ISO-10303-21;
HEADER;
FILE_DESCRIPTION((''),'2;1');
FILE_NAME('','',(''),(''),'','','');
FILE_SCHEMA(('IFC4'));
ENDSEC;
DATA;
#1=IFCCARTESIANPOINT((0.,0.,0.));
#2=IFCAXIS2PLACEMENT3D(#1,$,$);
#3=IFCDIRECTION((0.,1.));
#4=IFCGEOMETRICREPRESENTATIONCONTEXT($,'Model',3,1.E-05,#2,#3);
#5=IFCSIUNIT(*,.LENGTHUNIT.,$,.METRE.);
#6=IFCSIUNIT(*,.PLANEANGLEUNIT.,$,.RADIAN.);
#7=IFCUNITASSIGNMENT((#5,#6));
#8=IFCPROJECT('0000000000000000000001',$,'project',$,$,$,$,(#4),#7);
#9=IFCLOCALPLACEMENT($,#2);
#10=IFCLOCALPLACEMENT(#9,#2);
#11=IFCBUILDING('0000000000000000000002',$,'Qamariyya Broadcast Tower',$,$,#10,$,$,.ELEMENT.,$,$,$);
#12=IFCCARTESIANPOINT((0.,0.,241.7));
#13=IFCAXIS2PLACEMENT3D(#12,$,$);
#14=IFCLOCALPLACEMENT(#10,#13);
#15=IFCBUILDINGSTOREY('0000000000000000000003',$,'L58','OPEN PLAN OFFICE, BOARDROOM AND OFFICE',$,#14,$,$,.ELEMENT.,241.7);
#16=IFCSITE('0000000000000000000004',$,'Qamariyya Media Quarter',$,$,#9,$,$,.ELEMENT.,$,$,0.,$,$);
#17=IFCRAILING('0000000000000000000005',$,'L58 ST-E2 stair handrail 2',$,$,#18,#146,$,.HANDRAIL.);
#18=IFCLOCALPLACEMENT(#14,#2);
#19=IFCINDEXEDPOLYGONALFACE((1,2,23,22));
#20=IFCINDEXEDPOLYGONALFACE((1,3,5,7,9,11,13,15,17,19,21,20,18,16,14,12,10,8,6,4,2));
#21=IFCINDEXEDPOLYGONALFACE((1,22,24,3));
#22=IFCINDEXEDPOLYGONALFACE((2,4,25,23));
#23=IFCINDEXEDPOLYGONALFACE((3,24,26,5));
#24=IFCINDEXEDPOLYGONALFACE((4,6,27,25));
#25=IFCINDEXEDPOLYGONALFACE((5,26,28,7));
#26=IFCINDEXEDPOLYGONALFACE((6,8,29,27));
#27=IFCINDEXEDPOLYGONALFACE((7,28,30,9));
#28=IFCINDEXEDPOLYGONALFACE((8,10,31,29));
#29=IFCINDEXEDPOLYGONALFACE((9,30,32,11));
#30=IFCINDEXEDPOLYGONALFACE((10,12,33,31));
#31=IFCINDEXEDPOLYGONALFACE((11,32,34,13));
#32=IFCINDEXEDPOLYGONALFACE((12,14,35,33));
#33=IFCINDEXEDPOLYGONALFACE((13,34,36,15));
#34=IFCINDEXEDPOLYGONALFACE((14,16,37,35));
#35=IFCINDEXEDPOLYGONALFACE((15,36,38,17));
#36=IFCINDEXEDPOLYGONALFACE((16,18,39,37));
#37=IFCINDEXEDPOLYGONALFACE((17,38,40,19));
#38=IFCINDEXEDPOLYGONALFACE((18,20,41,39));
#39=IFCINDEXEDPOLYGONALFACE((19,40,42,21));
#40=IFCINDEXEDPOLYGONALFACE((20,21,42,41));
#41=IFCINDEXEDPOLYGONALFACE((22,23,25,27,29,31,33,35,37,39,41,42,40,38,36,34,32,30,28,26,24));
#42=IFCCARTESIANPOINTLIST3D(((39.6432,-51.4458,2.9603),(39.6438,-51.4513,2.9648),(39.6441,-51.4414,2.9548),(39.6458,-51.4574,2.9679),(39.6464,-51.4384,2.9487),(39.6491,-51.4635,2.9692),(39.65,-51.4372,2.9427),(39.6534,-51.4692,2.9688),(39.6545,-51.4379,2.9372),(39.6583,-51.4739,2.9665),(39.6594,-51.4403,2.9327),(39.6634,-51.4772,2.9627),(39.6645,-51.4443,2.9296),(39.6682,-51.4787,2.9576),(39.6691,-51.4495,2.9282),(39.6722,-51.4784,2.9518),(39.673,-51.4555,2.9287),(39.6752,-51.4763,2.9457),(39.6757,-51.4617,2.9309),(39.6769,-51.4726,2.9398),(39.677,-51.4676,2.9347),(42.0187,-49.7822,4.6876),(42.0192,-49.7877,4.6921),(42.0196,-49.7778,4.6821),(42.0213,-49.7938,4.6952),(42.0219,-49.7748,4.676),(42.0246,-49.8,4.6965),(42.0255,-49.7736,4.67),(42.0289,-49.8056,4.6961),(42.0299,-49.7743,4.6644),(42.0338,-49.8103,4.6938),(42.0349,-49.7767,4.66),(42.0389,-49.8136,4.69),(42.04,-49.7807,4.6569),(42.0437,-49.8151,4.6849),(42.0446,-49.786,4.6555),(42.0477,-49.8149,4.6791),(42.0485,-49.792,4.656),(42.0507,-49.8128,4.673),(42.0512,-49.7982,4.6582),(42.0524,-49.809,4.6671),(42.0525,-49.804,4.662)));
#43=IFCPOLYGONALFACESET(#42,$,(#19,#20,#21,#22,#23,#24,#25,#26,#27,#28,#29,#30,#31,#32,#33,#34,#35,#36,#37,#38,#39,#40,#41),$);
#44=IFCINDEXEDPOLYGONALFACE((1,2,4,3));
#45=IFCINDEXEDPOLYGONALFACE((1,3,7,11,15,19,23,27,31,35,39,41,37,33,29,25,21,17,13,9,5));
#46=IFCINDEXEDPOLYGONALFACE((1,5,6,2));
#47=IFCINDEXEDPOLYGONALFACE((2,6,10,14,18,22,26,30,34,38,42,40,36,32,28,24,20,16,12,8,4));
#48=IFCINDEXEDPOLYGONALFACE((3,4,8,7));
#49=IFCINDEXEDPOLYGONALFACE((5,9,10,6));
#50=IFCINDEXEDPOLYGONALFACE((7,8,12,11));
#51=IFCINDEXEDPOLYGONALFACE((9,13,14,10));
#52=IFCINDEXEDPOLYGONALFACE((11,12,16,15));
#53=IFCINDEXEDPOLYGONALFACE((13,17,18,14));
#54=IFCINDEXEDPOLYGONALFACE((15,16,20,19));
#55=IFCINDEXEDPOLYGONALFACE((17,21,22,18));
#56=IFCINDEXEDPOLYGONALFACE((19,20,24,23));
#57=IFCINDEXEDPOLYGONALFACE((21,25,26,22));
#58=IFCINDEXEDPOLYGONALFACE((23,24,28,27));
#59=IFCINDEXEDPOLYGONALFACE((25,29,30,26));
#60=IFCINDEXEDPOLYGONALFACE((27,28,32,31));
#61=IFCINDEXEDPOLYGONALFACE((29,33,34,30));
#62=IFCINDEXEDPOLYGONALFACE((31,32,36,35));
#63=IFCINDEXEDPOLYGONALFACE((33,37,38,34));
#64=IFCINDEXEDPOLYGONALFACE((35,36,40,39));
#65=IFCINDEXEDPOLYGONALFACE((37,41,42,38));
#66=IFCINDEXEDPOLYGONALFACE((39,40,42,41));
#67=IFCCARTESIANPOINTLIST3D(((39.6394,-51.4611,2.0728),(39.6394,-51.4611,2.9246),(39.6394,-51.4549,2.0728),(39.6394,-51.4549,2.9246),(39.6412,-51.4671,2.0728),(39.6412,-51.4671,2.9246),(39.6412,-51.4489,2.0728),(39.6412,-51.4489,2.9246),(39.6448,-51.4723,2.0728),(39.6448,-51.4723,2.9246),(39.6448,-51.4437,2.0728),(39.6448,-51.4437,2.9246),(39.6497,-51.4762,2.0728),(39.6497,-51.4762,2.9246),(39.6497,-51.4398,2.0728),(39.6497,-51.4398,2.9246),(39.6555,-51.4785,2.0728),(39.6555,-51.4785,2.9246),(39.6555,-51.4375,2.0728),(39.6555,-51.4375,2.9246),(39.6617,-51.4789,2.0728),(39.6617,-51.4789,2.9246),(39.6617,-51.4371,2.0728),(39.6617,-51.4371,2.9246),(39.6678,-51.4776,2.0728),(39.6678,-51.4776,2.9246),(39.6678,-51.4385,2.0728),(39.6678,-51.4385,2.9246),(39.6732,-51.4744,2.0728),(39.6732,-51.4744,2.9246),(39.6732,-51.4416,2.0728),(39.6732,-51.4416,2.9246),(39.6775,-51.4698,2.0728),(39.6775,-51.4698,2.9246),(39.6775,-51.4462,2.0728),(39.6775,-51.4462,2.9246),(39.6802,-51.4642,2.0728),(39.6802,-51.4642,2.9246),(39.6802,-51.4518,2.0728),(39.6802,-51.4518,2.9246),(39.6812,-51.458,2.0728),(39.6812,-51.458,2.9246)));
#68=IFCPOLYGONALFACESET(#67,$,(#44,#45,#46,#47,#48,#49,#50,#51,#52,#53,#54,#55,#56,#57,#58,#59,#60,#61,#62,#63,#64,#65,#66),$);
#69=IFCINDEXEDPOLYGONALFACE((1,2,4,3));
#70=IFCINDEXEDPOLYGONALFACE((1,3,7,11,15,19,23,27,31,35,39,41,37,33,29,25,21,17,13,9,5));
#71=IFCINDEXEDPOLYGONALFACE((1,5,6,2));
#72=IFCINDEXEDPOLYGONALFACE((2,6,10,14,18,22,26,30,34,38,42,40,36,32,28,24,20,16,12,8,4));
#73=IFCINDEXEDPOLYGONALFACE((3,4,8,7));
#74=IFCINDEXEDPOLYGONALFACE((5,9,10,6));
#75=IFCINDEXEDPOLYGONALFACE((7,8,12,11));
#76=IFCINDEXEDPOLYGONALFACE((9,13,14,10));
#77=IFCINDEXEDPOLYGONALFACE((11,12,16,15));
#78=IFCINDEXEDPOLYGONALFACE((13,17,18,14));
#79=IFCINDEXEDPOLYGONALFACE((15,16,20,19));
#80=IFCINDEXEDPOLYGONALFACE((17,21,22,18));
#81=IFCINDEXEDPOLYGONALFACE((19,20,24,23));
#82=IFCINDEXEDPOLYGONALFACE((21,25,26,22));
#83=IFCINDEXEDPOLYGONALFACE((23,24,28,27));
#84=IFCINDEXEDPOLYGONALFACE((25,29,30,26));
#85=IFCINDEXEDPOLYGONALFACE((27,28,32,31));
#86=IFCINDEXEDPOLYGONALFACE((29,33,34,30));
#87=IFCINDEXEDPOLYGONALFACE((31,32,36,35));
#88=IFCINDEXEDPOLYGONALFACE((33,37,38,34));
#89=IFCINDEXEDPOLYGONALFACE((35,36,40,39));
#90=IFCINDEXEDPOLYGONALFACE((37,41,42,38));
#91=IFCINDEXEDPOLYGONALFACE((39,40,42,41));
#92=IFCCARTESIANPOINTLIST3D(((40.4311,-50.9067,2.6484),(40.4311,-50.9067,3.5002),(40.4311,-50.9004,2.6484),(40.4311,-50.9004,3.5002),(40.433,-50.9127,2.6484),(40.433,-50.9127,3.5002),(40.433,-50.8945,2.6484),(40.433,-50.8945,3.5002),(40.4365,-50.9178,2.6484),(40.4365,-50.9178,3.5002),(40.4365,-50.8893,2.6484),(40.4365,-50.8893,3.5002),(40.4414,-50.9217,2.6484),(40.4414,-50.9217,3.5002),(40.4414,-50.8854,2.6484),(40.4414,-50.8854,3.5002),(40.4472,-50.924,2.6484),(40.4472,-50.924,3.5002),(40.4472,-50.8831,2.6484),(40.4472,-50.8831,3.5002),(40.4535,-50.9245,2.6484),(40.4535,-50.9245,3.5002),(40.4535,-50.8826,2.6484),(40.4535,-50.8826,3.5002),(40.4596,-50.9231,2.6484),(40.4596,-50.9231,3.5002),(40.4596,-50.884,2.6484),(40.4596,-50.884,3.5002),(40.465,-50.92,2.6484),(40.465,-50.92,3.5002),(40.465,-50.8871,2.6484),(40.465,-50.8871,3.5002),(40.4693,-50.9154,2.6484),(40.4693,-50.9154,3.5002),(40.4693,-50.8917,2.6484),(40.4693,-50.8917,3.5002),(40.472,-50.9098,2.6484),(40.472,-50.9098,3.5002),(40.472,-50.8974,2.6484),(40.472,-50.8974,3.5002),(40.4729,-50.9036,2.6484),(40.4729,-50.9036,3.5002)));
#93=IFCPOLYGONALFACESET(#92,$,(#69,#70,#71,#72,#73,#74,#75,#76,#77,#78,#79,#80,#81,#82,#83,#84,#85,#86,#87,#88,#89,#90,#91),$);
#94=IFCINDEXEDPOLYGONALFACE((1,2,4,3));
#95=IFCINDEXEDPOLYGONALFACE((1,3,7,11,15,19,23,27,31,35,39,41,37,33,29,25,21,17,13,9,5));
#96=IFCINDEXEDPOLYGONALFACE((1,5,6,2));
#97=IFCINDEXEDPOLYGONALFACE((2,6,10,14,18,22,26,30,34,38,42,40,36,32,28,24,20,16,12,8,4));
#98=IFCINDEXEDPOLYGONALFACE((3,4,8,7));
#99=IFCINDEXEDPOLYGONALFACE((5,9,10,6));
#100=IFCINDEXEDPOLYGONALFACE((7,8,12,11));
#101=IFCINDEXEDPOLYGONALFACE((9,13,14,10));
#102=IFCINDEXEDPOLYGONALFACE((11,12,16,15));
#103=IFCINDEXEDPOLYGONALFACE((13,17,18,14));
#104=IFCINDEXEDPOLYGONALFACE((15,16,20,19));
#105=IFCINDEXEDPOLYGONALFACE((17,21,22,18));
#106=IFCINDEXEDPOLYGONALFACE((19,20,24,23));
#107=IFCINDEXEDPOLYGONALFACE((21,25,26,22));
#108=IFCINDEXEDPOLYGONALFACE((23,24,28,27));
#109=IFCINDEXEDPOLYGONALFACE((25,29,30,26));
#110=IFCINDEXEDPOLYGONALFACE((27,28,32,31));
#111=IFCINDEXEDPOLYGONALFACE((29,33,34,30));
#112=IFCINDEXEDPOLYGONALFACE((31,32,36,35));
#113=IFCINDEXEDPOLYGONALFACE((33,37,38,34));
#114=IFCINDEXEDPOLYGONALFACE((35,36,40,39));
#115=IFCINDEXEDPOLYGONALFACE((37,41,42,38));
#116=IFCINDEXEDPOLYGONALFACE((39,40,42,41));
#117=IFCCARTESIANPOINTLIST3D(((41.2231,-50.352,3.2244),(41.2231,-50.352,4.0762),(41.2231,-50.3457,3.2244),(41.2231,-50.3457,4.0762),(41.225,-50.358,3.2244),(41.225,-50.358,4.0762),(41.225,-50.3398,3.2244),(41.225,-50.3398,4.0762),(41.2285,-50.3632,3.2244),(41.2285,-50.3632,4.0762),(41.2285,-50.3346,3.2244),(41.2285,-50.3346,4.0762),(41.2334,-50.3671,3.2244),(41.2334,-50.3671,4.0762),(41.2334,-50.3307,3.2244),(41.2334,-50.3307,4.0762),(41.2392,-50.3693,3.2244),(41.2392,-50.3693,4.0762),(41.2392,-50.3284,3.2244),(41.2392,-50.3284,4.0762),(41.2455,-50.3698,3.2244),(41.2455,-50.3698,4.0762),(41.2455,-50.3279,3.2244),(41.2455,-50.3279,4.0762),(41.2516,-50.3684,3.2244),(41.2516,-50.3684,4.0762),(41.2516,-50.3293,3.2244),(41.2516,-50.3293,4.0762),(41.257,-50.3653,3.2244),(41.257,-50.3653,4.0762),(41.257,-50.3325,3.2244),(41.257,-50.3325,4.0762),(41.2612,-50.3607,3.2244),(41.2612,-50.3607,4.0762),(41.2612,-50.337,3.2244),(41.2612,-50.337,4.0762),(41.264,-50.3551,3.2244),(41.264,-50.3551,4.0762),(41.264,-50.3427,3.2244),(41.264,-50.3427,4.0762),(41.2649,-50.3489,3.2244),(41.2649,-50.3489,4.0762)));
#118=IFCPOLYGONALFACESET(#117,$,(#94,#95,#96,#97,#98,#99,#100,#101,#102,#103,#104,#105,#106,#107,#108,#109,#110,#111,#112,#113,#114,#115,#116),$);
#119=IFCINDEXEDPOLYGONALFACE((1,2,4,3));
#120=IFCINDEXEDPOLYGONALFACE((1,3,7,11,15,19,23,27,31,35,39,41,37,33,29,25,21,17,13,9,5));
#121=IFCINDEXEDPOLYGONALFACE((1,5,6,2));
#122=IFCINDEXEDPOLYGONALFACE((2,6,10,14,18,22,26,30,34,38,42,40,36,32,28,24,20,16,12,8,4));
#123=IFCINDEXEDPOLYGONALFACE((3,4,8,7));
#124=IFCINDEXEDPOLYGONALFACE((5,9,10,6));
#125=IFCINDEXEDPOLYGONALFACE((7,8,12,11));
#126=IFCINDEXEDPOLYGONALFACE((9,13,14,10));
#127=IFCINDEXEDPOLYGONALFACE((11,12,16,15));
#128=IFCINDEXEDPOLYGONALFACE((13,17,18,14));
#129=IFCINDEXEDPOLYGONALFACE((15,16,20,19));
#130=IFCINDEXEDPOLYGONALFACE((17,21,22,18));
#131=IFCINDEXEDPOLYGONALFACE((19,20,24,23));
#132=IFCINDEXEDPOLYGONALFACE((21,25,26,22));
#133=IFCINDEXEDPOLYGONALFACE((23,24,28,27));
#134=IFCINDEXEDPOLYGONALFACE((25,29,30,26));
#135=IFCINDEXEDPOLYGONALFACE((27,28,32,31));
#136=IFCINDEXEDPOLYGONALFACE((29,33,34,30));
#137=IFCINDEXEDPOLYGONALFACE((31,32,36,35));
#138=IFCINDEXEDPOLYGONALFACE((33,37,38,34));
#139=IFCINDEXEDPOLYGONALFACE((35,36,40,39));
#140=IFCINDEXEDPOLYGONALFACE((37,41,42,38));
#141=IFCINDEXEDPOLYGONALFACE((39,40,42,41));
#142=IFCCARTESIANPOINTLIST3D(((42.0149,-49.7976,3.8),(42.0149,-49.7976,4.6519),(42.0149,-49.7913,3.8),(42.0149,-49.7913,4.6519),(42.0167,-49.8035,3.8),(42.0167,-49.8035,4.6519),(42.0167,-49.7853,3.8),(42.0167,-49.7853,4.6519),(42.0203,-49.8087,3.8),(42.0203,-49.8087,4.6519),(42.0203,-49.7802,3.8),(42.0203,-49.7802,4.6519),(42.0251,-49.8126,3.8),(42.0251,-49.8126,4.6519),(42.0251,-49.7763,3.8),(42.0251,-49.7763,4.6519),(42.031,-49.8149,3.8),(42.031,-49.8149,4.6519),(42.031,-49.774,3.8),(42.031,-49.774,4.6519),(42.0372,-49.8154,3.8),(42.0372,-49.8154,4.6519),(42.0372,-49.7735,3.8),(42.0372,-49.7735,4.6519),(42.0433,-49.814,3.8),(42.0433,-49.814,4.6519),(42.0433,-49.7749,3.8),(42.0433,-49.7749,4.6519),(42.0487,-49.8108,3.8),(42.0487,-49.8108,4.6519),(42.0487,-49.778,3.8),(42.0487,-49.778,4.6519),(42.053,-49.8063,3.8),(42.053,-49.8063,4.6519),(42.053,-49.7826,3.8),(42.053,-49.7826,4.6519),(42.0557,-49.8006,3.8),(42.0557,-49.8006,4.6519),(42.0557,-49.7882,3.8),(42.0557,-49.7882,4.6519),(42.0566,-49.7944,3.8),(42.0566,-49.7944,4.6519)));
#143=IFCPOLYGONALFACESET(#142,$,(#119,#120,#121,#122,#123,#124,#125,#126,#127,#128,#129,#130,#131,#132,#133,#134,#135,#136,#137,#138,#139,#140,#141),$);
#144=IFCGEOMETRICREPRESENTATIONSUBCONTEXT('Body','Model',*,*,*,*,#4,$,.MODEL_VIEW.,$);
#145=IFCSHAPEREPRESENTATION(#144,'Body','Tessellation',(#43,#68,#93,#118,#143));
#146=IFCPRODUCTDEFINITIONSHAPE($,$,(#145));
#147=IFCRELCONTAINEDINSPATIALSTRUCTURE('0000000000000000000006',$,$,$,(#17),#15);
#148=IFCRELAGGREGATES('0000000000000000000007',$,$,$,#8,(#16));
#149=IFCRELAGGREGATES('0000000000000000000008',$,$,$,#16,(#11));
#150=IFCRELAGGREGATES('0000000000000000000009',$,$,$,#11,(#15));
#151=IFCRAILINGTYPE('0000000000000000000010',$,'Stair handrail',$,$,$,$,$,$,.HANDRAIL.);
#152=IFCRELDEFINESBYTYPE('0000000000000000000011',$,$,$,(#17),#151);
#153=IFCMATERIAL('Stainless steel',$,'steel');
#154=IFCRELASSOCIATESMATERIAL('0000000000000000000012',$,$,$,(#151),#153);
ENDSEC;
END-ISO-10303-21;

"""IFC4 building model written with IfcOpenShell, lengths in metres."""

from ifc_helpers import new_model, si_unit, direction, frame, origin, origin_2d, place, context, subcontext, project, spatial, circle, extrude, material, type_object, element, save


model = new_model("IFC4")

# Units and contexts
model_context = context("Model", 3, precision=1e-05, world=origin(), true_north=direction((0.0, 1.0)))
body_context = subcontext(model_context, "Body", "Model", "MODEL_VIEW")
ifc_project = project(units=[si_unit("LENGTHUNIT", "METRE"), si_unit("PLANEANGLEUNIT", "RADIAN")], contexts=[model_context])

# Site, building, storey
site_placement = place(None, origin())
site = spatial("IfcSite", under=ifc_project, at=site_placement, Name="Qamariyya Media Quarter", CompositionType="ELEMENT", RefElevation=0.0)
building_placement = place(site_placement, origin())
building = spatial("IfcBuilding", under=site, at=building_placement, Name="Qamariyya Broadcast Tower", CompositionType="ELEMENT")
storey_placement = place(building_placement, frame((0.0, 0.0, 241.7)))
storey = spatial("IfcBuildingStorey", under=building, at=storey_placement, Name="L58", Description="OPEN PLAN OFFICE, BOARDROOM AND OFFICE", CompositionType="ELEMENT", Elevation=241.7)

# Railing
ifc_material_1 = material(Name="Stainless steel", Category="steel")
railing_type_1 = type_object("IfcRailingType", Name="Stair handrail", PredefinedType="HANDRAIL", material=ifc_material_1)
railing_1_placement = place(storey_placement, frame((39.6602, -51.458, 2.0728)))
element("IfcRailing", 1, at=railing_1_placement, inside=storey, type_object=railing_type_1, Name="L58 ST-E2 stair handrail 2", PredefinedType="HANDRAIL", context=body_context, shape_type="SweptSolid", body=[
    extrude(circle(Radius=0.0239, at=origin_2d()), frame((0.0, 0.0, 0.876), z_axis=(0.703745, 0.492838, 0.511716), x_axis=(-0.573632, 0.819113, 0.0)), (0.0, 0.0, 1.0), 3.3755),
    extrude(circle(Radius=0.021, at=origin_2d()), origin(), (0.0, 0.0, 1.0), 0.8518),
    extrude(circle(Radius=0.021, at=origin_2d()), frame((0.7917, 0.5544, 0.5757)), (0.0, 0.0, 1.0), 0.8518),
    extrude(circle(Radius=0.021, at=origin_2d()), frame((1.5837, 1.1091, 1.1516)), (0.0, 0.0, 1.0), 0.8518),
    extrude(circle(Radius=0.021, at=origin_2d()), frame((2.3755, 1.6636, 1.7273)), (0.0, 0.0, 1.0), 0.8518),
])

save(model, "model.ifc")
